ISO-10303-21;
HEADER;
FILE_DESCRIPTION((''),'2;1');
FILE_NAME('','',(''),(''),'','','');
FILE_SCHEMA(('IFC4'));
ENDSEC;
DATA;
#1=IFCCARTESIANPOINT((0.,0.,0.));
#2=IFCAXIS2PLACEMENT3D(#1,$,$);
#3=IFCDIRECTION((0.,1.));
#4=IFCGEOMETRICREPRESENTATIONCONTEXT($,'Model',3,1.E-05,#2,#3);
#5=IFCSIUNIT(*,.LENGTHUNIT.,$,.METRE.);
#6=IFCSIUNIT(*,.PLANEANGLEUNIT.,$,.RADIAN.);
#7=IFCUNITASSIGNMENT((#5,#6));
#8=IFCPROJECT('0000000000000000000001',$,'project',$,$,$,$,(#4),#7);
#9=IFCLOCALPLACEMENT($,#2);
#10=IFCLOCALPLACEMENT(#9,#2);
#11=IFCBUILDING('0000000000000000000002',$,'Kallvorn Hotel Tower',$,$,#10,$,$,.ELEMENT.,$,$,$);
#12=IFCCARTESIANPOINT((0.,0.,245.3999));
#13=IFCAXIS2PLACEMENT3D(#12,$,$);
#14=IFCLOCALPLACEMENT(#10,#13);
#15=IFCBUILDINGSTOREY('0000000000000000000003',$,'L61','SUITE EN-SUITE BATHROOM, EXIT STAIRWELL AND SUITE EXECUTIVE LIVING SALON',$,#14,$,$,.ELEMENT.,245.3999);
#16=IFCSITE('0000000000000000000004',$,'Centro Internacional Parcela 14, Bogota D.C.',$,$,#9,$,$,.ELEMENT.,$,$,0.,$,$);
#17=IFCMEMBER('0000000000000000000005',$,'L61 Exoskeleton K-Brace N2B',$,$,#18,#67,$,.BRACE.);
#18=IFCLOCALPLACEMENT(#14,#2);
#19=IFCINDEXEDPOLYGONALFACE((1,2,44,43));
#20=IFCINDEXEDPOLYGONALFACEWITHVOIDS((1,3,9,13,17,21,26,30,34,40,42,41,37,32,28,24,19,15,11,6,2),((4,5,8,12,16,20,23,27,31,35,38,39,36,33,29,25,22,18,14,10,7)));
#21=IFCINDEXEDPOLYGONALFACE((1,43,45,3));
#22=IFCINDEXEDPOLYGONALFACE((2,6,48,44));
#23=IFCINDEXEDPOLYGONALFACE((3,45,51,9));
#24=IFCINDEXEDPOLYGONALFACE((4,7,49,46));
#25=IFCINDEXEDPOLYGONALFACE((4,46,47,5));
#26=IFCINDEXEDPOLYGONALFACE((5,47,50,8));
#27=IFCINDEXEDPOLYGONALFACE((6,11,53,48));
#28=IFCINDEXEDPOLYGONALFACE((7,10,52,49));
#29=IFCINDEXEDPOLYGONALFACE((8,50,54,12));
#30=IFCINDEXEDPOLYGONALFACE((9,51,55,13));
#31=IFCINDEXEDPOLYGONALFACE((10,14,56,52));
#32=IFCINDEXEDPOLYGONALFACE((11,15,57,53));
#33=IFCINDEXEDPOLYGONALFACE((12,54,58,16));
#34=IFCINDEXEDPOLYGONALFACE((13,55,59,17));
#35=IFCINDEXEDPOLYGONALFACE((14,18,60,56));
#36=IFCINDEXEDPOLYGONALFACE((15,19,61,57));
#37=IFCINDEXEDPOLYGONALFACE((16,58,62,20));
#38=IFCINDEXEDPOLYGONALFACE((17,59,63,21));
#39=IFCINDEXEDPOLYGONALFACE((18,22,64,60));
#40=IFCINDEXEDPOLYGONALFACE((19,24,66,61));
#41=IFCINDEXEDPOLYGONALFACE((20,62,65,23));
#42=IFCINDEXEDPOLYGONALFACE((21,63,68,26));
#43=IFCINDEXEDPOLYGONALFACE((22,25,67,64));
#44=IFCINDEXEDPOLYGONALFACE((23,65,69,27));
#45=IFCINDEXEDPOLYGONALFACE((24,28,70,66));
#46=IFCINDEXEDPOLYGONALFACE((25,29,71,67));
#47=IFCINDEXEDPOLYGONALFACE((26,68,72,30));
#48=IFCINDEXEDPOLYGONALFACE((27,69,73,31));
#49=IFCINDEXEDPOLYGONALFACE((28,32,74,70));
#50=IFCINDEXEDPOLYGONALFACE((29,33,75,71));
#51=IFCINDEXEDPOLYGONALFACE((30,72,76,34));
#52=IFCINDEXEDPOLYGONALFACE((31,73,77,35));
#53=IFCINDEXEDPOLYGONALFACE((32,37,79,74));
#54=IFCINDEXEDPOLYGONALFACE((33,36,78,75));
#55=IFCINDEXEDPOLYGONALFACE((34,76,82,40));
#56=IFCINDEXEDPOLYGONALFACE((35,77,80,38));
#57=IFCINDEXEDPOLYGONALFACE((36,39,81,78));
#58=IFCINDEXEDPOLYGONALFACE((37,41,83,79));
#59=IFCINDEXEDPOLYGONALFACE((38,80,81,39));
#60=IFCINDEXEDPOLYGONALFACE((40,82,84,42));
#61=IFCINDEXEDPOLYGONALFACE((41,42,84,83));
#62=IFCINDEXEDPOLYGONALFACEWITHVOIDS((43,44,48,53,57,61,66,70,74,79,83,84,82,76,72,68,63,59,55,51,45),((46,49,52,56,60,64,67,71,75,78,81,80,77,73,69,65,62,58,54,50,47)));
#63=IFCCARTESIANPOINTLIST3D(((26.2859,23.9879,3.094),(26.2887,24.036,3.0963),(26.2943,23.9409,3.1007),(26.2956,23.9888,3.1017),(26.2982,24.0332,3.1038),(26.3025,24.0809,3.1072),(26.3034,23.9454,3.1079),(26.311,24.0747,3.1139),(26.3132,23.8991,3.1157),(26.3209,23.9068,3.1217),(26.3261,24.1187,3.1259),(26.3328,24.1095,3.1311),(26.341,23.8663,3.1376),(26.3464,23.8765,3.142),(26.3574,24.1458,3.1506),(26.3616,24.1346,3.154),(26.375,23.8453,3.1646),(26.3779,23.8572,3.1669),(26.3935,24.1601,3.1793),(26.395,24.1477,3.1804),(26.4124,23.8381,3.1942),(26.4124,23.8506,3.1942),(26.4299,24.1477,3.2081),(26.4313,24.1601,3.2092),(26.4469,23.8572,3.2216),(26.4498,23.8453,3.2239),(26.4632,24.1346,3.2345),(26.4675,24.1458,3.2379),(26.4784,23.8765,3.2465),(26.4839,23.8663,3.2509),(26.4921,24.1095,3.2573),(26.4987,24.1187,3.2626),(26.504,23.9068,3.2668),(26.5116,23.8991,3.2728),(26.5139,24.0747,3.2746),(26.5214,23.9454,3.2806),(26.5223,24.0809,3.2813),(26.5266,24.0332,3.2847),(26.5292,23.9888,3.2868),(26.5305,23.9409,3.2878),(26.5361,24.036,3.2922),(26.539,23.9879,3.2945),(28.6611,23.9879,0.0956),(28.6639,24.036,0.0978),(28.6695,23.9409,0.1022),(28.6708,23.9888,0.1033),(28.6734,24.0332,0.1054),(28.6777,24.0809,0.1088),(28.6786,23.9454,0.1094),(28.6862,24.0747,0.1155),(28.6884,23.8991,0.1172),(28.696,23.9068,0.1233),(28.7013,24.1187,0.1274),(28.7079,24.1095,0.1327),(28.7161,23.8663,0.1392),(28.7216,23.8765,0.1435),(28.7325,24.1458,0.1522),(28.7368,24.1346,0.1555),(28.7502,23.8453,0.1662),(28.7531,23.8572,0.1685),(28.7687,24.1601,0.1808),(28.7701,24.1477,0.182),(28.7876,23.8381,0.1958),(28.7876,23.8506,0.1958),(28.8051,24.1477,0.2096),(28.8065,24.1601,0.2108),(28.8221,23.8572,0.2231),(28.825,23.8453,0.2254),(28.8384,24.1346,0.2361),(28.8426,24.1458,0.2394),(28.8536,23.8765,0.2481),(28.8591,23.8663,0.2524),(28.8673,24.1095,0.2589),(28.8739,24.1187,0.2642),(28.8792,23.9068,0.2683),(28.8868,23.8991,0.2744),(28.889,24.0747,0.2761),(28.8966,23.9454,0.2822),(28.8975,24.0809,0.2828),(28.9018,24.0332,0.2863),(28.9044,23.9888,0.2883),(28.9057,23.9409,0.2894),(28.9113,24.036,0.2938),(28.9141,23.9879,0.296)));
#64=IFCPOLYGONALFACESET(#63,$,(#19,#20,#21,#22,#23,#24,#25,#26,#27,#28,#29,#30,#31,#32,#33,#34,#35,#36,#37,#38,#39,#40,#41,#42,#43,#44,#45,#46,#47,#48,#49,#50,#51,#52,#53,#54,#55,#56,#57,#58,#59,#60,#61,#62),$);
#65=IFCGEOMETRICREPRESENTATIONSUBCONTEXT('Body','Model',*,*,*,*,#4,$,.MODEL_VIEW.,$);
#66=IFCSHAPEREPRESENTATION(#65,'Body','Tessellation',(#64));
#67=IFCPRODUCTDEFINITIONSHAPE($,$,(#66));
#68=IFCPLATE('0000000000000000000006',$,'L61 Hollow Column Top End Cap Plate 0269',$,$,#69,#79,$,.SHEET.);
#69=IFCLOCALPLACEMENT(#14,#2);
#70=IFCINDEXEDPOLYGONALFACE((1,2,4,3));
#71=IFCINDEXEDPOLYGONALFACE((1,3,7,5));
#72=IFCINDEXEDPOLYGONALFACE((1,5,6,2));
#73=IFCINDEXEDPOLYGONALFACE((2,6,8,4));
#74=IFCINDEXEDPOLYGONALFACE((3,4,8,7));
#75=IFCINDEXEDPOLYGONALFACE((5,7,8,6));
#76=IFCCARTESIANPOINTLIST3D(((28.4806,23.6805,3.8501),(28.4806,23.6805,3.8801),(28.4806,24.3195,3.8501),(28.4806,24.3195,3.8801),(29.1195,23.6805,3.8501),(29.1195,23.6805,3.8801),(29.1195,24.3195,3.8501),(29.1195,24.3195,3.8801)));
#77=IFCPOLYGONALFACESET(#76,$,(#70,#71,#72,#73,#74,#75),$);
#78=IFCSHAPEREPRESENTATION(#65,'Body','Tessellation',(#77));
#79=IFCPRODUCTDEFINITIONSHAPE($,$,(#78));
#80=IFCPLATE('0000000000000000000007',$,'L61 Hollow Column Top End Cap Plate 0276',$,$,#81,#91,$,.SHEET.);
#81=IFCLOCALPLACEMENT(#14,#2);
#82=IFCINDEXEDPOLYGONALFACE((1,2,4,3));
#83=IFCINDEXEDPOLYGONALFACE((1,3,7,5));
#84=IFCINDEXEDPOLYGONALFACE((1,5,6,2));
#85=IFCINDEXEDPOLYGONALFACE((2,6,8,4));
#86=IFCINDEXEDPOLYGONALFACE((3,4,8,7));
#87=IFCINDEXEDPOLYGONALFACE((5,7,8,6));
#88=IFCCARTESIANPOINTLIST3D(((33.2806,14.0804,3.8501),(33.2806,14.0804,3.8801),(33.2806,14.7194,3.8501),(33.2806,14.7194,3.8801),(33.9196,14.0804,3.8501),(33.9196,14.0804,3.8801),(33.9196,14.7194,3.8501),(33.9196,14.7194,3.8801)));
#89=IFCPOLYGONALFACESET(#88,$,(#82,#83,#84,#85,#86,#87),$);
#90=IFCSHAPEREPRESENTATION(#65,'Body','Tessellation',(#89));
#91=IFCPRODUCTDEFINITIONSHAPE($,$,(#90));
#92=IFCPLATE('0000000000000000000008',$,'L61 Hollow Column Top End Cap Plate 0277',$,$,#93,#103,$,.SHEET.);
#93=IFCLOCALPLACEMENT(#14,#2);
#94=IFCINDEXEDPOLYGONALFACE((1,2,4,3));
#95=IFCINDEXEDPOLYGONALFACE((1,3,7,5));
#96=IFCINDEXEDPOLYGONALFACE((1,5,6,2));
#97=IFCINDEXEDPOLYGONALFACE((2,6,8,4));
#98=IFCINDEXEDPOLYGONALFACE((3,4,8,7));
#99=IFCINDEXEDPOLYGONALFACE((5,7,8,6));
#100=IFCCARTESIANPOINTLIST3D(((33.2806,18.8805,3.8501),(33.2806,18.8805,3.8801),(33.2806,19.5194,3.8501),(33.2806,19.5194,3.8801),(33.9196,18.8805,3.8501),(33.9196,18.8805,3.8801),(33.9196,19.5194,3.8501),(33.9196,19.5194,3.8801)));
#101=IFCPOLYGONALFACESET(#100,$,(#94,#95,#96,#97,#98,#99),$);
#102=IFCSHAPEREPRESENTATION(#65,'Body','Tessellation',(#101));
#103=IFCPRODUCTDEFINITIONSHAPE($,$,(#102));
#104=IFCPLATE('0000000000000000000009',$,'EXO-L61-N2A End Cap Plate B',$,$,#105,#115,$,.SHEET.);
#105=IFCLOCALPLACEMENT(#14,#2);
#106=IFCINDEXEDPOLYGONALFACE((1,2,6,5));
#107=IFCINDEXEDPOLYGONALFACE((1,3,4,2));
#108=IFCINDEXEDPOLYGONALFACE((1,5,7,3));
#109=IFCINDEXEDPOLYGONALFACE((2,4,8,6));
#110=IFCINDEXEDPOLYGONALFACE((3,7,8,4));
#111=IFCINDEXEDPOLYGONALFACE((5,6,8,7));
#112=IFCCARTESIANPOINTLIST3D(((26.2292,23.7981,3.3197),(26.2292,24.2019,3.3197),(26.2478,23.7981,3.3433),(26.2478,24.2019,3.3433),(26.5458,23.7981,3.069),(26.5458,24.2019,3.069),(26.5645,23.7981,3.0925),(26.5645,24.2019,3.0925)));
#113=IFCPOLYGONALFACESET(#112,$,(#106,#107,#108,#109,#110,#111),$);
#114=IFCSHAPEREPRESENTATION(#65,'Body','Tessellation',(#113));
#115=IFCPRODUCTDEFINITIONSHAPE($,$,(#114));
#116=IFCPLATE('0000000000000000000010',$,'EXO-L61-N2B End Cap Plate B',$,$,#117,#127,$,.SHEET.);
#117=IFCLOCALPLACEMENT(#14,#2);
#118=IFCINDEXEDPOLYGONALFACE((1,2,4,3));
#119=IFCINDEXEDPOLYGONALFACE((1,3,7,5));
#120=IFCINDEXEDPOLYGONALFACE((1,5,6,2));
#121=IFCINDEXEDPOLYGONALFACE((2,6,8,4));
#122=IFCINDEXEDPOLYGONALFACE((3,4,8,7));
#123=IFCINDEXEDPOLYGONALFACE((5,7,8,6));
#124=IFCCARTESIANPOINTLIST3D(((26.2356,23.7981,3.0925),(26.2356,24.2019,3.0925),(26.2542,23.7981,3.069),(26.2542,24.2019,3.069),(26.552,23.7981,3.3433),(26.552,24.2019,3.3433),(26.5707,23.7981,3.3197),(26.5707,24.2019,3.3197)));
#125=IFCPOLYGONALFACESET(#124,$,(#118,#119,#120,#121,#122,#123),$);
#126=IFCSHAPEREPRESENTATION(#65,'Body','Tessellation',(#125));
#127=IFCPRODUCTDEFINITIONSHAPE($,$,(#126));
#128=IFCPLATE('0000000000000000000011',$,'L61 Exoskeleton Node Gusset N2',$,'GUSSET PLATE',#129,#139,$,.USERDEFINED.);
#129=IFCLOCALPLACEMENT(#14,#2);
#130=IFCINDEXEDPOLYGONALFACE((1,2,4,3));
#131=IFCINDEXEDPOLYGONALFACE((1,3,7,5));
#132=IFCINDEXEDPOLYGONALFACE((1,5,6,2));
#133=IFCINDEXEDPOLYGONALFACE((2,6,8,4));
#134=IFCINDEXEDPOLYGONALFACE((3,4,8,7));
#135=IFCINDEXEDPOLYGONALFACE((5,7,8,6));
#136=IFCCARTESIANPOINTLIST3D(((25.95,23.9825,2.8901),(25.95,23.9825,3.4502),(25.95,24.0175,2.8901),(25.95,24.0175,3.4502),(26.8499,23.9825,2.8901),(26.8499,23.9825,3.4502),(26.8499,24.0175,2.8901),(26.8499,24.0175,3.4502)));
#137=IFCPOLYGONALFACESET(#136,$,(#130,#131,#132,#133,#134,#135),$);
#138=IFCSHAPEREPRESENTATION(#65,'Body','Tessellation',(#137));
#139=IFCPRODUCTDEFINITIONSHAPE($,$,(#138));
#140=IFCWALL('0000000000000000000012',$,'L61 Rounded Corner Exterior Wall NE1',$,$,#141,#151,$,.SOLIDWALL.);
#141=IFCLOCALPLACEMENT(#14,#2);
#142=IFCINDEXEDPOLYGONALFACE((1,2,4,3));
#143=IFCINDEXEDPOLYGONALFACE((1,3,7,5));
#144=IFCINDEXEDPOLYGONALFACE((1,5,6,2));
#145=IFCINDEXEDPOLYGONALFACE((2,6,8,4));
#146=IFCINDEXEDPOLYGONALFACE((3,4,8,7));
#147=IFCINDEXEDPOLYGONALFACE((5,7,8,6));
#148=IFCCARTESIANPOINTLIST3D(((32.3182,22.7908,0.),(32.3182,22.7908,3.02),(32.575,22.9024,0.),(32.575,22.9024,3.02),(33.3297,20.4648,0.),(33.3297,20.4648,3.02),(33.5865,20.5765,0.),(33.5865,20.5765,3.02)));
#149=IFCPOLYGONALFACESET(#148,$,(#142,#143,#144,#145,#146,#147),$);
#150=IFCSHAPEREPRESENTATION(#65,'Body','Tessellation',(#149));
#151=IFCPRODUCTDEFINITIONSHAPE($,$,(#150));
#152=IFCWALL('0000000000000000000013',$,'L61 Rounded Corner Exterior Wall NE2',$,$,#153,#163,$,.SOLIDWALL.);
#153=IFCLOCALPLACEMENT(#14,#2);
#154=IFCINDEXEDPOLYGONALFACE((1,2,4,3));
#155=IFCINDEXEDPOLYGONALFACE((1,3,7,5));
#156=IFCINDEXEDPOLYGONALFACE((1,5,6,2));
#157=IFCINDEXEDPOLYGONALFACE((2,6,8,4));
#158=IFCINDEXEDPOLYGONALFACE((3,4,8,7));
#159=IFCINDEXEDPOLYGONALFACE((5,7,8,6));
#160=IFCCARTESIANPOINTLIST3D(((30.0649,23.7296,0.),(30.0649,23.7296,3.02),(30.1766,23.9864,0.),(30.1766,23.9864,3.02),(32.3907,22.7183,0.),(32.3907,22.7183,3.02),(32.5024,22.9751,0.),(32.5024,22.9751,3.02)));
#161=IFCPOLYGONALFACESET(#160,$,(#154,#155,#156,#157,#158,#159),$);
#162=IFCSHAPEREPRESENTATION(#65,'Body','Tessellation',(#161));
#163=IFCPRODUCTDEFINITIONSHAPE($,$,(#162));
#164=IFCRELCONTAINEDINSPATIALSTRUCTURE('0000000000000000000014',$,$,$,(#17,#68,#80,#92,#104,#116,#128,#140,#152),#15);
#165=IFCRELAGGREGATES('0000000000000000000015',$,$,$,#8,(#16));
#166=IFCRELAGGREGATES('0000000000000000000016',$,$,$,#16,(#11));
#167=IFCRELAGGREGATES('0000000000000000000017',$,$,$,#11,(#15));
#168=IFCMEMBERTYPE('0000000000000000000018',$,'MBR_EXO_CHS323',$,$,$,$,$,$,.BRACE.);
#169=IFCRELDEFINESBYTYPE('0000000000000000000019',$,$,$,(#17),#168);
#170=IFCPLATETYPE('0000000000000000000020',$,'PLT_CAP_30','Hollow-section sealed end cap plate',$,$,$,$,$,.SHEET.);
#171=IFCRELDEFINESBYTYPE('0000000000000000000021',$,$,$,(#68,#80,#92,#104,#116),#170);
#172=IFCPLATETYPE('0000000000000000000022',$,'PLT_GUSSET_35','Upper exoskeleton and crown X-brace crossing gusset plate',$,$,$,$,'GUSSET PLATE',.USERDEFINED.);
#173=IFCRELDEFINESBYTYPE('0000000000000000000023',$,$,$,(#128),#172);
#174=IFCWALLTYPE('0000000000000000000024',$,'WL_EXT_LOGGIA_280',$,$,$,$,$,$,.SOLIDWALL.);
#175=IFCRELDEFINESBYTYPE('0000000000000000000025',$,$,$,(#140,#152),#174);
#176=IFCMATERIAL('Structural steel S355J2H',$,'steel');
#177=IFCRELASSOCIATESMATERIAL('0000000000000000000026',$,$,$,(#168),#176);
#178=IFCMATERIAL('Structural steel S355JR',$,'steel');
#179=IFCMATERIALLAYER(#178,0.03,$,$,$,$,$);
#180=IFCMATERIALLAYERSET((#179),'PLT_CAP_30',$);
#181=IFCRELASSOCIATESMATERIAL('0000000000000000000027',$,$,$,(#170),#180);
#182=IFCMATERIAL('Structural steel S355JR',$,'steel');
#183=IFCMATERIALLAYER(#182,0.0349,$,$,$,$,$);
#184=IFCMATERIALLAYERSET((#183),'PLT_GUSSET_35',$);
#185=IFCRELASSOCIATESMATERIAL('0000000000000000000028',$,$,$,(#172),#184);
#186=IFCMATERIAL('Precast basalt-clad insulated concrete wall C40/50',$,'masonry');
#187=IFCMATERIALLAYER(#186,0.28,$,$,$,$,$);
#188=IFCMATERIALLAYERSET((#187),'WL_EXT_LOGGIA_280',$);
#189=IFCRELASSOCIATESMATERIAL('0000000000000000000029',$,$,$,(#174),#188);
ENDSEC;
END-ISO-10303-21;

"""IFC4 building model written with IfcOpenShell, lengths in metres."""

from ifc_helpers import new_model, si_unit, direction, frame, frame_2d, origin, origin_2d, place, context, subcontext, project, spatial, polyline, rectangle, hollow_circle, outline, extrude, material, layer, layer_set, material_profile, profile_set, type_object, element, save


model = new_model("IFC4")

# Units and contexts
model_context = context("Model", 3, precision=1e-05, world=origin(), true_north=direction((0.0, 1.0)))
body_context = subcontext(model_context, "Body", "Model", "MODEL_VIEW")
ifc_project = project(units=[si_unit("LENGTHUNIT", "METRE"), si_unit("PLANEANGLEUNIT", "RADIAN")], contexts=[model_context])

# Site, building, storey
site_placement = place(None, origin())
site = spatial("IfcSite", under=ifc_project, at=site_placement, Name="Centro Internacional Parcela 14, Bogota D.C.", CompositionType="ELEMENT", RefElevation=0.0)
building_placement = place(site_placement, origin())
building = spatial("IfcBuilding", under=site, at=building_placement, Name="Kallvorn Hotel Tower", CompositionType="ELEMENT")
storey_placement = place(building_placement, frame((0.0, 0.0, 245.3999)))
storey = spatial("IfcBuildingStorey", under=building, at=storey_placement, Name="L61", Description="SUITE EN-SUITE BATHROOM, EXIT STAIRWELL AND SUITE EXECUTIVE LIVING SALON", CompositionType="ELEMENT", Elevation=245.3999)

# Member
ifc_material_1 = material(Name="Structural steel S355J2H", Category="steel")
ifc_material_profile_1 = material_profile(ifc_material_1, hollow_circle(Radius=0.1619, WallThickness=0.0125, at=origin_2d()), Name="CHS 323.9x12.5")
ifc_profile_set_1 = profile_set([ifc_material_profile_1], Name="Structural steel S355J2H")
member_type_1 = type_object("IfcMemberType", Name="MBR_EXO_CHS323", PredefinedType="BRACE", material=ifc_profile_set_1)
for number, where, z_axis, x_axis, name in (
    (1, (28.7876, 24.0, 0.1958), (-0.620929, 0.0, 0.783867), (0.0, -1.0, 0.0), "L61 Exoskeleton K-Brace N2B"),
):
    element("IfcMember", number, at=place(storey_placement, frame(where, z_axis=z_axis, x_axis=x_axis)), inside=storey, type_object=member_type_1, Name=name, PredefinedType="BRACE", context=body_context, shape_type="SweptSolid", body=[
        extrude(hollow_circle(Radius=0.1619, WallThickness=0.0125, at=origin_2d()), origin(), (0.0, 0.0, 1.0), 3.8252),
    ])

# Plates
ifc_material_2 = material(Name="Structural steel S355JR", Category="steel")
ifc_layer_1 = layer(ifc_material_2, 0.03)
ifc_layer_set_1 = layer_set([ifc_layer_1], Name="PLT_CAP_30")
plate_type_1 = type_object("IfcPlateType", Name="PLT_CAP_30", Description="Hollow-section sealed end cap plate", PredefinedType="SHEET", material=ifc_layer_set_1)
for number, where, z_axis, x_axis, name in (
    (2, (28.8, 24.0, 3.8501), (0.0, 0.0, 1.0), (1.0, 0.0, 0.0), "L61 Hollow Column Top End Cap Plate 0269"),
    (3, (33.6001, 14.3999, 3.8501), (0.0, 0.0, 1.0), (1.0, 0.0, 0.0), "L61 Hollow Column Top End Cap Plate 0276"),
    (4, (33.6001, 19.2, 3.8501), (0.0, 0.0, 1.0), (1.0, 0.0, 0.0), "L61 Hollow Column Top End Cap Plate 0277"),
):
    element("IfcPlate", number, at=place(storey_placement, frame(where, z_axis=z_axis, x_axis=x_axis)), inside=storey, type_object=plate_type_1, Name=name, PredefinedType="SHEET", context=body_context, shape_type="SweptSolid", body=[
        extrude(rectangle(XDim=0.6389, YDim=0.6389, at=origin_2d()), origin(), (0.0, 0.0, 1.0), 0.03),
    ])
plate_1_placement = place(storey_placement, frame((26.5645, 23.7981, 3.0925), z_axis=(0.62078, 0.0, 0.783985), x_axis=(0.0, 1.0, 0.0)))
element("IfcPlate", 5, at=plate_1_placement, inside=storey, type_object=plate_type_1, Name="EXO-L61-N2A End Cap Plate B", PredefinedType="SHEET", context=body_context, shape_type="SweptSolid", body=[
    extrude(outline(polyline([(0.0, 0.0), (0.4038, 0.0), (0.4038, 0.4039), (0.0, 0.4039), (0.0, 0.0)])), origin(), (0.0, 0.0, -1.0), 0.03),
])
plate_2_placement = place(storey_placement, frame((26.2356, 24.2019, 3.0925), z_axis=(-0.621075, 0.0, 0.783751), x_axis=(0.0, -1.0, 0.0)))
element("IfcPlate", 6, at=plate_2_placement, inside=storey, type_object=plate_type_1, Name="EXO-L61-N2B End Cap Plate B", PredefinedType="SHEET", context=body_context, shape_type="SweptSolid", body=[
    extrude(outline(polyline([(0.0, 0.0), (0.4038, 0.0), (0.4038, 0.4037), (0.0, 0.4037), (0.0, 0.0)])), origin(), (0.0, 0.0, -1.0), 0.03),
])
ifc_material_3 = material(Name="Structural steel S355JR", Category="steel")
ifc_layer_2 = layer(ifc_material_3, 0.0349)
ifc_layer_set_2 = layer_set([ifc_layer_2], Name="PLT_GUSSET_35")
plate_type_2 = type_object("IfcPlateType", Name="PLT_GUSSET_35", Description="Upper exoskeleton and crown X-brace crossing gusset plate", ElementType="GUSSET PLATE", PredefinedType="USERDEFINED", material=ifc_layer_set_2)
plate_3_placement = place(storey_placement, frame((26.3999, 24.0, 2.8901), z_axis=(0.0, 0.0, 1.0), x_axis=(1.0, 0.0, 0.0)))
element("IfcPlate", 7, at=plate_3_placement, inside=storey, type_object=plate_type_2, Name="L61 Exoskeleton Node Gusset N2", ObjectType="GUSSET PLATE", PredefinedType="USERDEFINED", context=body_context, shape_type="SweptSolid", body=[
    extrude(rectangle(XDim=0.8999, YDim=0.0349, at=origin_2d()), origin(), (0.0, 0.0, 1.0), 0.5601),
])

# Walls
ifc_material_4 = material(Name="Precast basalt-clad insulated concrete wall C40/50", Category="masonry")
ifc_layer_3 = layer(ifc_material_4, 0.28)
ifc_layer_set_3 = layer_set([ifc_layer_3], Name="WL_EXT_LOGGIA_280")
wall_type = type_object("IfcWallType", Name="WL_EXT_LOGGIA_280", PredefinedType="SOLIDWALL", material=ifc_layer_set_3)
wall_1_placement = place(storey_placement, frame((33.458, 20.5208, 0.0), z_axis=(0.0, 0.0, 1.0), x_axis=(-0.398793, 0.917041, 0.0)))
element("IfcWall", 8, at=wall_1_placement, inside=storey, type_object=wall_type, Name="L61 Rounded Corner Exterior Wall NE1", PredefinedType="SOLIDWALL", context=body_context, shape_type="SweptSolid", body=[
    extrude(rectangle(XDim=2.5364, YDim=0.28, at=frame_2d((1.2681, 0.0))), origin(), (0.0, 0.0, 1.0), 3.02),
])
wall_2_placement = place(storey_placement, frame((32.4465, 22.8467, 0.0), z_axis=(0.0, 0.0, 1.0), x_axis=(-0.917061, 0.398747, 0.0)))
element("IfcWall", 9, at=wall_2_placement, inside=storey, type_object=wall_type, Name="L61 Rounded Corner Exterior Wall NE2", PredefinedType="SOLIDWALL", context=body_context, shape_type="SweptSolid", body=[
    extrude(rectangle(XDim=2.5361, YDim=0.28, at=frame_2d((1.2681, 0.0))), origin(), (0.0, 0.0, 1.0), 3.02),
])

save(model, "model.ifc")
